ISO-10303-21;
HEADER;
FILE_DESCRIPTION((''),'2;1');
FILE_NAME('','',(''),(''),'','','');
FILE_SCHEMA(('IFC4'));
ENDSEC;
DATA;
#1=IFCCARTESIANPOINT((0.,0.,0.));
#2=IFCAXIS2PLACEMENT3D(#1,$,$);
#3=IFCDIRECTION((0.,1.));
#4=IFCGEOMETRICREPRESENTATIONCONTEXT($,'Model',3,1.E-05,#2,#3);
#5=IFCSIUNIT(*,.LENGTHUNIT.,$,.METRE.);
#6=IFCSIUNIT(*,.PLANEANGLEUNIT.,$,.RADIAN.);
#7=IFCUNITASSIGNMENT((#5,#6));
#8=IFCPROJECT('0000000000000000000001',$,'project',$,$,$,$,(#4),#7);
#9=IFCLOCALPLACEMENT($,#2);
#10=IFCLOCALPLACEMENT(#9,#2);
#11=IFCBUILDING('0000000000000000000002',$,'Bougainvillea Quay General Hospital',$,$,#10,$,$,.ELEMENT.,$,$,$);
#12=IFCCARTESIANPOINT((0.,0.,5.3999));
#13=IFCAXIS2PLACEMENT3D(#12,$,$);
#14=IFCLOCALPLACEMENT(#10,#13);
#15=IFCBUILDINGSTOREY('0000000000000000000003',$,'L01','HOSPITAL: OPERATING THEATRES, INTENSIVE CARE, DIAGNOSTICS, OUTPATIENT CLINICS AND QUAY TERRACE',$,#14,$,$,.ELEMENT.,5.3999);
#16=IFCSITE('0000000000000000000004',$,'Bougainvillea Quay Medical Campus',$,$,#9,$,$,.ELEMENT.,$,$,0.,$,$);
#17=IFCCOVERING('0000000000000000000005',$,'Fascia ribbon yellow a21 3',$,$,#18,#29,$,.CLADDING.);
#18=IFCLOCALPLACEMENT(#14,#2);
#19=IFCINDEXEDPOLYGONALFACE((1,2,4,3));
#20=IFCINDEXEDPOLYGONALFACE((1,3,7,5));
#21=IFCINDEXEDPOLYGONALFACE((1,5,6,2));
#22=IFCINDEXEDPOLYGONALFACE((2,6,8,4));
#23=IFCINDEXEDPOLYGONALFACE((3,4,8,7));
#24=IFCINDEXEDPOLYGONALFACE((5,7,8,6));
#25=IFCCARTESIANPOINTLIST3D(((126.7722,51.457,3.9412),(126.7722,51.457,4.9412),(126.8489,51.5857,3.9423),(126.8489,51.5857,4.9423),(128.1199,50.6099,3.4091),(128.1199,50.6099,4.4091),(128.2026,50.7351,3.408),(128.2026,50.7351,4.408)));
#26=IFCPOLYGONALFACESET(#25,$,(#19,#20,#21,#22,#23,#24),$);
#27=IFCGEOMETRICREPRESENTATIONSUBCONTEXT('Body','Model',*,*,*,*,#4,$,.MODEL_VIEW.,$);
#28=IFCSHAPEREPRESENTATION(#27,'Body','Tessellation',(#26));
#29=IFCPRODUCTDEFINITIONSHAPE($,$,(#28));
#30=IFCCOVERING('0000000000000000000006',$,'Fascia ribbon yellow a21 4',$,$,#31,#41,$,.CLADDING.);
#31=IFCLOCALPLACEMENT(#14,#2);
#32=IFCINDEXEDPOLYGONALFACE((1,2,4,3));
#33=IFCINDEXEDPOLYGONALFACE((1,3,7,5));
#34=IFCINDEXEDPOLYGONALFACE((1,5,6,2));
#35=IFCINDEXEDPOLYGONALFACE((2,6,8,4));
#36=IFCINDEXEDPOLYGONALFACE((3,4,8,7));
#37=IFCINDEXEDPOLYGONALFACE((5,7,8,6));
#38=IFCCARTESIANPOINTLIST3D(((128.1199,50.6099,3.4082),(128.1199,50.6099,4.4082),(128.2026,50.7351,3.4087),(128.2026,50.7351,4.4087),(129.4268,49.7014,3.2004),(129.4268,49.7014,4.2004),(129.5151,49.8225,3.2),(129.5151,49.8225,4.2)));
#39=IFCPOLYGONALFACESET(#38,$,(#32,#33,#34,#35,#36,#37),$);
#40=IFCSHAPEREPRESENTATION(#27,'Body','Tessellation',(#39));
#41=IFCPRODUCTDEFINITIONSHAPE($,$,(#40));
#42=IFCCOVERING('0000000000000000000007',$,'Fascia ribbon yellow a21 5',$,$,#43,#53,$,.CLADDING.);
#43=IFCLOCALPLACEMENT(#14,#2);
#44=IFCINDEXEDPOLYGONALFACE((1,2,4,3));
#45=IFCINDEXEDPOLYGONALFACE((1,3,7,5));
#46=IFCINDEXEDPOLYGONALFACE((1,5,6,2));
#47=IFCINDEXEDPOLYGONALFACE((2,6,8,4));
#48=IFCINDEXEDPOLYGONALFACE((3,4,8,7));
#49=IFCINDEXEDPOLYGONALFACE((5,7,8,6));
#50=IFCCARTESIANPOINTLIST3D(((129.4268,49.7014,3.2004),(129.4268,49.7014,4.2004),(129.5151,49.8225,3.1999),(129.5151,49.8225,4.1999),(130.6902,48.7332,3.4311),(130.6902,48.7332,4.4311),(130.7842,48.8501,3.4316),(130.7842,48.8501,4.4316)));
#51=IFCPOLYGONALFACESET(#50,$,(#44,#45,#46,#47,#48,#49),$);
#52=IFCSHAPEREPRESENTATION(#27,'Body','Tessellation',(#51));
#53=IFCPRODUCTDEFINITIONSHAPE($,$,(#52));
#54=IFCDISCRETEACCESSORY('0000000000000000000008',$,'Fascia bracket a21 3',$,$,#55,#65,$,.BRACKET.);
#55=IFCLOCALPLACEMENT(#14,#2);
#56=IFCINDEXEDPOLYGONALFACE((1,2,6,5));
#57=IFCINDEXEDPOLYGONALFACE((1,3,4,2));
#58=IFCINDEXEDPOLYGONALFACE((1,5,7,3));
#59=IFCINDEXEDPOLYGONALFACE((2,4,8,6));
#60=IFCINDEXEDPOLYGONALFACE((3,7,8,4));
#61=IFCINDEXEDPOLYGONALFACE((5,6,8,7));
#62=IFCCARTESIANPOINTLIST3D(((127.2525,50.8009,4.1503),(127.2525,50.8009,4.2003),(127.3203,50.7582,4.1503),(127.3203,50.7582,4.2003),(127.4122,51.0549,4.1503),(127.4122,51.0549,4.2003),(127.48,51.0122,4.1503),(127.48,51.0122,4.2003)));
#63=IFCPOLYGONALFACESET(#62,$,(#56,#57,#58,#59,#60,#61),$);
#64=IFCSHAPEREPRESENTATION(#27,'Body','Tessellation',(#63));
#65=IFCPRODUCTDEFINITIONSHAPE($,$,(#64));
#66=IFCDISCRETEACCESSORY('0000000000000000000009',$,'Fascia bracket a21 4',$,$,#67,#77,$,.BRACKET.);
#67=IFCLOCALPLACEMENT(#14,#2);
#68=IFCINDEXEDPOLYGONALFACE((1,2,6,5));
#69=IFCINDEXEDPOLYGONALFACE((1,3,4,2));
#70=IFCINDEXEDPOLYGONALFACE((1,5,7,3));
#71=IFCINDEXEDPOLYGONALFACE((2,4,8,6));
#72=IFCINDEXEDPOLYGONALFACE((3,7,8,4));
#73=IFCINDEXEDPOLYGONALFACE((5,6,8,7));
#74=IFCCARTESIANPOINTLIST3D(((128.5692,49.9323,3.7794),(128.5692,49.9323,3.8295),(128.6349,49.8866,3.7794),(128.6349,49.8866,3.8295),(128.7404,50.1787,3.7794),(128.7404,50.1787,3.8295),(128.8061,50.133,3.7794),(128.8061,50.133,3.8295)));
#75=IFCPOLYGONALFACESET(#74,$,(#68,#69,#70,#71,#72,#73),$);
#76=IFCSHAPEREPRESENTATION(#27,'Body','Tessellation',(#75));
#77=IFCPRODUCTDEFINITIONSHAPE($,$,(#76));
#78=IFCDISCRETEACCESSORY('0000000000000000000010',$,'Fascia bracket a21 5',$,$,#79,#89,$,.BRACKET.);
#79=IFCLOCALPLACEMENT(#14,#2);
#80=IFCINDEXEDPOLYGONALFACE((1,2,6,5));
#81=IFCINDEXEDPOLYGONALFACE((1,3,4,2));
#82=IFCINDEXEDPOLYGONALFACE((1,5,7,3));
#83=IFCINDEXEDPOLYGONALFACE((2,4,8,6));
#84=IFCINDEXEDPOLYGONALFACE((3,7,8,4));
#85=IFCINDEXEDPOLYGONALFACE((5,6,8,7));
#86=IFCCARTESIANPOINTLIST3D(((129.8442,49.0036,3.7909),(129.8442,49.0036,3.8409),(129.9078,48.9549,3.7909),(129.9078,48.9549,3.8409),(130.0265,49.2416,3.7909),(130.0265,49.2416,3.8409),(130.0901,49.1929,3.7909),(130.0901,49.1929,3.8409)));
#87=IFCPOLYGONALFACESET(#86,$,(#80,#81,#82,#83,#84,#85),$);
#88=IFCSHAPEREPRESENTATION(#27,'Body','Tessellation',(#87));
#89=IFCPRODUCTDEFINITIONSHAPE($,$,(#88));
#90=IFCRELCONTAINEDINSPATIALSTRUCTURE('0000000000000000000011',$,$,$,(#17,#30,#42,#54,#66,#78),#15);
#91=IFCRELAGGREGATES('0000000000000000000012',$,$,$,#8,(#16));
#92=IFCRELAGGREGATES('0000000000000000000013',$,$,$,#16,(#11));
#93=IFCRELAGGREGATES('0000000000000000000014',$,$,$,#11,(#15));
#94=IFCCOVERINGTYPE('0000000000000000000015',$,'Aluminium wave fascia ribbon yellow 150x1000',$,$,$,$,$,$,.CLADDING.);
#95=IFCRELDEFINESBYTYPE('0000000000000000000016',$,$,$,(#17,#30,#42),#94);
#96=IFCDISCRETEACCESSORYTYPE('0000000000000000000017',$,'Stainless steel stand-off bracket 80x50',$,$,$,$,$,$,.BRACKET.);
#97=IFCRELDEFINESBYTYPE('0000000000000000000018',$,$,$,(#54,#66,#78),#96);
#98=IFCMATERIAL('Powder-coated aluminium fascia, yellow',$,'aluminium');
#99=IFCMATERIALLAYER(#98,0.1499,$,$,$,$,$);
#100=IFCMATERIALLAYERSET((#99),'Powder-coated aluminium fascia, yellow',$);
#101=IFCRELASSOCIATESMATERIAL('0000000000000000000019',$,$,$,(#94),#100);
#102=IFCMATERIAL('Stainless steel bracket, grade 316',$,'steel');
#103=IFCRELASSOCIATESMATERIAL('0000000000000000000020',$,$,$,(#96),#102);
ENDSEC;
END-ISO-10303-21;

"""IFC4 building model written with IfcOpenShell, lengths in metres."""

from ifc_helpers import new_model, si_unit, direction, frame, origin, origin_2d, place, context, subcontext, project, spatial, polyline, rectangle, outline, extrude, material, layer, layer_set, material_profile, profile_set, type_object, element, save


model = new_model("IFC4")

# Units and contexts
model_context = context("Model", 3, precision=1e-05, world=origin(), true_north=direction((0.0, 1.0)))
body_context = subcontext(model_context, "Body", "Model", "MODEL_VIEW")
ifc_project = project(units=[si_unit("LENGTHUNIT", "METRE"), si_unit("PLANEANGLEUNIT", "RADIAN")], contexts=[model_context])

# Site, building, storey
site_placement = place(None, origin())
site = spatial("IfcSite", under=ifc_project, at=site_placement, Name="Bougainvillea Quay Medical Campus", CompositionType="ELEMENT", RefElevation=0.0)
building_placement = place(site_placement, origin())
building = spatial("IfcBuilding", under=site, at=building_placement, Name="Bougainvillea Quay General Hospital", CompositionType="ELEMENT")
storey_placement = place(building_placement, frame((0.0, 0.0, 5.3999)))
storey = spatial("IfcBuildingStorey", under=building, at=storey_placement, Name="L01", Description="HOSPITAL: OPERATING THEATRES, INTENSIVE CARE, DIAGNOSTICS, OUTPATIENT CLINICS AND QUAY TERRACE", CompositionType="ELEMENT", Elevation=5.3999)

# Coverings
ifc_material_1 = material(Name="Powder-coated aluminium fascia, yellow", Category="aluminium")
ifc_layer_1 = layer(ifc_material_1, 0.1499)
ifc_layer_set_1 = layer_set([ifc_layer_1], Name="Powder-coated aluminium fascia, yellow")
covering_type = type_object("IfcCoveringType", Name="Aluminium wave fascia ribbon yellow 150x1000", PredefinedType="CLADDING", material=ifc_layer_set_1)
covering_1_placement = place(storey_placement, frame((126.7722, 51.457, 3.9412), z_axis=(0.268463, -0.168564, 0.948427), x_axis=(0.802954, -0.504756, -0.316995)))
element("IfcCovering", 1, at=covering_1_placement, inside=storey, type_object=covering_type, Name="Fascia ribbon yellow a21 3", PredefinedType="CLADDING", context=body_context, shape_type="SweptSolid", body=[
    extrude(outline(polyline([(0.0, 0.0), (1.6784, 0.0), (1.682, 0.1501), (-0.0038, 0.1497), (0.0, 0.0)])), origin(), (-0.316995, -0.000159, 0.948427), 1.0),
])
covering_2_placement = place(storey_placement, frame((128.1199, 50.6099, 3.4082), z_axis=(0.106318, -0.073864, 0.991585), x_axis=(0.814199, -0.565969, -0.129459)))
element("IfcCovering", 2, at=covering_2_placement, inside=storey, type_object=covering_type, Name="Fascia ribbon yellow a21 4", PredefinedType="CLADDING", context=body_context, shape_type="SweptSolid", body=[
    extrude(outline(polyline([(0.0, 0.0), (1.6051, 0.0), (1.6086, 0.1499), (-0.0036, 0.1501), (0.0, 0.0)])), origin(), (-0.129459, -0.000033, 0.991585), 1.0),
])
covering_3_placement = place(storey_placement, frame((129.4268, 49.7014, 3.2004), z_axis=(-0.113855, 0.087231, 0.98966), x_axis=(0.785511, -0.601997, 0.14343)))
element("IfcCovering", 3, at=covering_3_placement, inside=storey, type_object=covering_type, Name="Fascia ribbon yellow a21 5", PredefinedType="CLADDING", context=body_context, shape_type="SweptSolid", body=[
    extrude(outline(polyline([(0.0, 0.0), (1.6084, 0.0), (1.6119, 0.15), (-0.0035, 0.1499), (0.0, 0.0)])), origin(), (0.14343, 0.00002, 0.98966), 1.0),
])

# Discrete accessories
ifc_material_2 = material(Name="Stainless steel bracket, grade 316", Category="steel")
ifc_material_profile_1 = material_profile(ifc_material_2, rectangle(XDim=0.0801, YDim=0.05, at=origin_2d()))
ifc_profile_set_1 = profile_set([ifc_material_profile_1], Name="Stainless steel bracket, grade 316")
discrete_accessory_type = type_object("IfcDiscreteAccessoryType", Name="Stainless steel stand-off bracket 80x50", PredefinedType="BRACKET", material=ifc_profile_set_1)
for number, where, z_axis, x_axis, name in (
    (4, (127.2864, 50.7795, 4.1753), (0.532338, 0.846532, 0.0), (-0.846532, 0.532338, 0.0), "Fascia bracket a21 3"),
    (5, (128.6021, 49.9094, 3.8044), (0.570564, 0.821253, 0.0), (-0.821253, 0.570564, 0.0), "Fascia bracket a21 4"),
):
    element("IfcDiscreteAccessory", number, at=place(storey_placement, frame(where, z_axis=z_axis, x_axis=x_axis)), inside=storey, type_object=discrete_accessory_type, Name=name, PredefinedType="BRACKET", context=body_context, shape_type="SweptSolid", body=[
        extrude(rectangle(XDim=0.0801, YDim=0.05, at=origin_2d()), origin(), (0.0, 0.0, 1.0), 0.3),
    ])
discrete_accessory_placement = place(storey_placement, frame((129.876, 48.9792, 3.8159), z_axis=(0.608175, 0.793803, 0.0), x_axis=(-0.793803, 0.608175, 0.0)))
element("IfcDiscreteAccessory", 6, at=discrete_accessory_placement, inside=storey, type_object=discrete_accessory_type, Name="Fascia bracket a21 5", PredefinedType="BRACKET", context=body_context, shape_type="SweptSolid", body=[
    extrude(rectangle(XDim=0.0801, YDim=0.05, at=origin_2d()), origin(), (0.0, 0.0, 1.0), 0.2998),
])

save(model, "model.ifc")
